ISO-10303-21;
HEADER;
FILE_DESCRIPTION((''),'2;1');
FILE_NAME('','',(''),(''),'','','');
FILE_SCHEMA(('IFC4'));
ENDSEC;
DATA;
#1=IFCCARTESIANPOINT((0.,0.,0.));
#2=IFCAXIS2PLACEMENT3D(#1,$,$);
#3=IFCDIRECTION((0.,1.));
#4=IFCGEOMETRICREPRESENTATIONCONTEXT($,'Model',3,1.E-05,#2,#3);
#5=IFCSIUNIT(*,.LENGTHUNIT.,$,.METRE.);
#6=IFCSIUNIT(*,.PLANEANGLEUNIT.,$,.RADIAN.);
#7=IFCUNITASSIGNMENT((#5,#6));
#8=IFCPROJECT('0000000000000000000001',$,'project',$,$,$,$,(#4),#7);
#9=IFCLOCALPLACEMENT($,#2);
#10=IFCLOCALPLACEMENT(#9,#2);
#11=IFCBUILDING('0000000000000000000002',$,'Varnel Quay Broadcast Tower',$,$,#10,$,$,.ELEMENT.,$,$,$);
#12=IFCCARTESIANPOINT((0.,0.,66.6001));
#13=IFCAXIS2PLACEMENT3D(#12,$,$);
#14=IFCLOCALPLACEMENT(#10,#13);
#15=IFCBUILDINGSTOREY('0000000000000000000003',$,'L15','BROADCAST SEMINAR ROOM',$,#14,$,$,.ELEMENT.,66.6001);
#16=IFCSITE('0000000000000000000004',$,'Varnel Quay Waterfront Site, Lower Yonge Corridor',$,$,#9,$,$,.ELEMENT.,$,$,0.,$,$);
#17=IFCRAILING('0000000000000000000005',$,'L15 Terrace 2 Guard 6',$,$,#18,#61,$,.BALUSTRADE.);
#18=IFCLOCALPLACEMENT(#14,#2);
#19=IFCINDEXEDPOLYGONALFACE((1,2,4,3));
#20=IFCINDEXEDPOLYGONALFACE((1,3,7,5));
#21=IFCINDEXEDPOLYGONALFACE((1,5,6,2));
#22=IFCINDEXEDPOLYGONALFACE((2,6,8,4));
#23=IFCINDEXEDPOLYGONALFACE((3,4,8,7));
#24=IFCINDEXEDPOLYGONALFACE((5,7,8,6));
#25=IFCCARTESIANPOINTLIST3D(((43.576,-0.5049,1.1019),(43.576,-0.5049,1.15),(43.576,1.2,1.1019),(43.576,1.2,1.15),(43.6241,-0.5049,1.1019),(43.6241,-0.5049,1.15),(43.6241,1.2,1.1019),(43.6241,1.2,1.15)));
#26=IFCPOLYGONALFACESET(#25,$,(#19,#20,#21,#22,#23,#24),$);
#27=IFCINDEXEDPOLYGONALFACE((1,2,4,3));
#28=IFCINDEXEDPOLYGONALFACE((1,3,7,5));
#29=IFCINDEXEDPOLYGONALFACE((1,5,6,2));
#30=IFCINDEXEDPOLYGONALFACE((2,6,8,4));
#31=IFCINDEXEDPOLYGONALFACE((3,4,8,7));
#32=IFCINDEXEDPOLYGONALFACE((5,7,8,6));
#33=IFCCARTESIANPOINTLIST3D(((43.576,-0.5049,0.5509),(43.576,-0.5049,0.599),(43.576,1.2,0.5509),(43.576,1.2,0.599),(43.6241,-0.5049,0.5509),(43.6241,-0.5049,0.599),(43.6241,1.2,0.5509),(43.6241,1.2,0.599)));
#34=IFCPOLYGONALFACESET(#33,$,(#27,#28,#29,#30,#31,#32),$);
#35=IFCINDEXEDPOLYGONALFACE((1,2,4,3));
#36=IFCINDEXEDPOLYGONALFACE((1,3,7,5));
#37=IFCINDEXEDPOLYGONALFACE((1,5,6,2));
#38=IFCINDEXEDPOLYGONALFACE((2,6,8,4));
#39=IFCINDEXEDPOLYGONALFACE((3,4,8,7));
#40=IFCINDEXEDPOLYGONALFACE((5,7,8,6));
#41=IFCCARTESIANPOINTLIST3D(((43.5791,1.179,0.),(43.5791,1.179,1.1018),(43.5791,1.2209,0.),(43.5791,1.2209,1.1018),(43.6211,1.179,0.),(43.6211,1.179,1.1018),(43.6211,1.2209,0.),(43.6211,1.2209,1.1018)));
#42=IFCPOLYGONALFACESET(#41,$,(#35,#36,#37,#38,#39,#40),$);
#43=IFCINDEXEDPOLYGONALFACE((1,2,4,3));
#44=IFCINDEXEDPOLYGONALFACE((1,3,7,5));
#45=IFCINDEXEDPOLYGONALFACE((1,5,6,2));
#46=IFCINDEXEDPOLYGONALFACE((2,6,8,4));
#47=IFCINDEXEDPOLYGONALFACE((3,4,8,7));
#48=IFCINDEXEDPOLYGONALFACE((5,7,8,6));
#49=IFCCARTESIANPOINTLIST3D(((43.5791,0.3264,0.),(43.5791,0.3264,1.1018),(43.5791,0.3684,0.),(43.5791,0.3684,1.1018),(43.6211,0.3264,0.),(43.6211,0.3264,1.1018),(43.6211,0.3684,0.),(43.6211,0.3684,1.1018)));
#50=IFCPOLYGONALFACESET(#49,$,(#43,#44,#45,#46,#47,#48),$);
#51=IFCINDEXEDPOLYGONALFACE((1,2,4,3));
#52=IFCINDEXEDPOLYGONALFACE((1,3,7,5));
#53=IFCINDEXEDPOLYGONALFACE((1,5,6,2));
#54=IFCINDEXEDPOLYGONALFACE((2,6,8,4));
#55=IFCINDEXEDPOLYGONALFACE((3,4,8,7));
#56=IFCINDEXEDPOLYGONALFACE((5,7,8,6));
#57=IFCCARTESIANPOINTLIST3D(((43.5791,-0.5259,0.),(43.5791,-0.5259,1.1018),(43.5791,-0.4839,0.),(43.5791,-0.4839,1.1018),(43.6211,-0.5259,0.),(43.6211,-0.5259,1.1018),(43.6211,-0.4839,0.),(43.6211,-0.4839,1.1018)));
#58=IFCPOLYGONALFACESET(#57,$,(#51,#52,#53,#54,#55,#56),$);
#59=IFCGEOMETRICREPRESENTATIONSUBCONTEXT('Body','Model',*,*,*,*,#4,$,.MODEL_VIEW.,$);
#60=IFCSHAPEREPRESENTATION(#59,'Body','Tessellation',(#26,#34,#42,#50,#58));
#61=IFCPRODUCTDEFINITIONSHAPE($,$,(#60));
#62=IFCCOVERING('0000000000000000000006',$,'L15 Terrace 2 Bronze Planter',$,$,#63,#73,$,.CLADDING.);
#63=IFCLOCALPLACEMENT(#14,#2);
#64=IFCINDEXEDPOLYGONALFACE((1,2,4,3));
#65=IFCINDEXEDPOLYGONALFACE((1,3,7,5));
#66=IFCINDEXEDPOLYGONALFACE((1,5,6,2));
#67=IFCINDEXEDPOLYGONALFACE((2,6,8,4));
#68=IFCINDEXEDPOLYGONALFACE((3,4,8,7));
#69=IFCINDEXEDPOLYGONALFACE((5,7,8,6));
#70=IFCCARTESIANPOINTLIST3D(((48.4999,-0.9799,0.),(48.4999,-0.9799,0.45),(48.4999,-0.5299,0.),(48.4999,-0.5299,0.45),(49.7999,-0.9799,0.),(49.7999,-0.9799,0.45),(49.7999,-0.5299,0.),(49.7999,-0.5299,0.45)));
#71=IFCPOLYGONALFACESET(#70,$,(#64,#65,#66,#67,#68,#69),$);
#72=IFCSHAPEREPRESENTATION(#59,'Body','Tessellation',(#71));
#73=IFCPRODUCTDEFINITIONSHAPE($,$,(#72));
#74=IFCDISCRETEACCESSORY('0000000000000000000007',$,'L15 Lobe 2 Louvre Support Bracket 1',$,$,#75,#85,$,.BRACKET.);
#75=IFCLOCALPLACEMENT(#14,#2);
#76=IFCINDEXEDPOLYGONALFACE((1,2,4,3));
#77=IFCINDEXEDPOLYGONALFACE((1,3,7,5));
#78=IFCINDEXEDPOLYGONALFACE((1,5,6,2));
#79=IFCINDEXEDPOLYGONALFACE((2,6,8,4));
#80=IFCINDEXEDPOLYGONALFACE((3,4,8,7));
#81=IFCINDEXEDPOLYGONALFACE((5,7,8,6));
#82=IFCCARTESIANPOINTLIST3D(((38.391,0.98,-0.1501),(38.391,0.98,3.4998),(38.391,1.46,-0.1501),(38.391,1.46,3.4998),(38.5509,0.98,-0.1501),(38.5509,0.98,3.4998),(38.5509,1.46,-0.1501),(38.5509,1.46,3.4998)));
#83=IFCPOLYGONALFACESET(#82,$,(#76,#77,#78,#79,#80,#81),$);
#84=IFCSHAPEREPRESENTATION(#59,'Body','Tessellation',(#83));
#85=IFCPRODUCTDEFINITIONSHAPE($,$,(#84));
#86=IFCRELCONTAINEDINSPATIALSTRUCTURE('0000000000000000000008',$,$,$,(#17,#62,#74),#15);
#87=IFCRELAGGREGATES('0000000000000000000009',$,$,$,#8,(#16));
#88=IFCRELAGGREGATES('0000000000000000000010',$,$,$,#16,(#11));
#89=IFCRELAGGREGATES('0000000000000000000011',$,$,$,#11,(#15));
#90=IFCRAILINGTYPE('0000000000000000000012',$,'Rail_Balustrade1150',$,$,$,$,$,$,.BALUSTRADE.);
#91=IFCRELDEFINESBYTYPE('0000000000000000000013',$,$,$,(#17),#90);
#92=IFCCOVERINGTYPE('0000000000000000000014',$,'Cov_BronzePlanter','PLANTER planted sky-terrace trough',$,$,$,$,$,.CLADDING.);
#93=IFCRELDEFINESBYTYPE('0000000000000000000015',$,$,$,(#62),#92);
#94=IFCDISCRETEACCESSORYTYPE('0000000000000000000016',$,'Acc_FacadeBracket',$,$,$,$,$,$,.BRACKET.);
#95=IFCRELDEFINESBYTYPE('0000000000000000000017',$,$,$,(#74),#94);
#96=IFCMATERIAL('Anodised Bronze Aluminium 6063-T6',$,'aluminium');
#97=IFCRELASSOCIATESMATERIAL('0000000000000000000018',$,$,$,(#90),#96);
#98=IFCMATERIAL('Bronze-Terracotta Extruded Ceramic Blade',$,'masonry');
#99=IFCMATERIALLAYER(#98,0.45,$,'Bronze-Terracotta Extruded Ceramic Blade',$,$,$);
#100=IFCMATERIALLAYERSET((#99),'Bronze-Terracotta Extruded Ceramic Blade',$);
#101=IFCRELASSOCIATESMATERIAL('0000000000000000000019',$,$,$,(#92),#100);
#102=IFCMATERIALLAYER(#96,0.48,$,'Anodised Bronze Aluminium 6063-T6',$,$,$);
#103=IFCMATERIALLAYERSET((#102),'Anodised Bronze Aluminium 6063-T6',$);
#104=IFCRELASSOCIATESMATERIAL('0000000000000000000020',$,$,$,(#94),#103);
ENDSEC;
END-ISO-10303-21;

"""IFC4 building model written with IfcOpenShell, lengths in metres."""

from ifc_helpers import new_model, si_unit, direction, frame, origin, origin_2d, place, context, subcontext, project, spatial, rectangle, extrude, source, transform, mapped, material, layer, layer_set, type_object, type_shapes, element, save


model = new_model("IFC4")

# Units and contexts
model_context = context("Model", 3, precision=1e-05, world=origin(), true_north=direction((0.0, 1.0)))
body_context = subcontext(model_context, "Body", "Model", "MODEL_VIEW")
ifc_project = project(units=[si_unit("LENGTHUNIT", "METRE"), si_unit("PLANEANGLEUNIT", "RADIAN")], contexts=[model_context])

# Site, building, storey
site_placement = place(None, origin())
site = spatial("IfcSite", under=ifc_project, at=site_placement, Name="Varnel Quay Waterfront Site, Lower Yonge Corridor", CompositionType="ELEMENT", RefElevation=0.0)
building_placement = place(site_placement, origin())
building = spatial("IfcBuilding", under=site, at=building_placement, Name="Varnel Quay Broadcast Tower", CompositionType="ELEMENT")
storey_placement = place(building_placement, frame((0.0, 0.0, 66.6001)))
storey = spatial("IfcBuildingStorey", under=building, at=storey_placement, Name="L15", Description="BROADCAST SEMINAR ROOM", CompositionType="ELEMENT", Elevation=66.6001)

# Shared definitions
ifc_material_1 = material(Name="Anodised Bronze Aluminium 6063-T6", Category="aluminium")

# Railing
railing_type = type_object("IfcRailingType", Name="Rail_Balustrade1150", PredefinedType="BALUSTRADE", material=ifc_material_1)
railing_1_placement = place(storey_placement, frame((43.6001, 1.2, 0.0)))
element("IfcRailing", 1, at=railing_1_placement, inside=storey, type_object=railing_type, Name="L15 Terrace 2 Guard 6", PredefinedType="BALUSTRADE", context=body_context, shape_type="SweptSolid", body=[
    extrude(rectangle(XDim=0.0481, YDim=0.0481, at=origin_2d()), frame((0.0, 0.0, 1.126), z_axis=(0.0, -1.0, 0.0), x_axis=(1.0, 0.0, 0.0)), (0.0, 0.0, 1.0), 1.7048),
    extrude(rectangle(XDim=0.0481, YDim=0.0481, at=origin_2d()), frame((0.0, 0.0, 0.575), z_axis=(0.0, -1.0, 0.0), x_axis=(1.0, 0.0, 0.0)), (0.0, 0.0, 1.0), 1.7048),
    extrude(rectangle(XDim=0.042, YDim=0.042, at=origin_2d()), origin(), (0.0, 0.0, 1.0), 1.1018),
    extrude(rectangle(XDim=0.042, YDim=0.042, at=origin_2d()), frame((0.0, -0.8525, 0.0)), (0.0, 0.0, 1.0), 1.1018),
    extrude(rectangle(XDim=0.042, YDim=0.042, at=origin_2d()), frame((0.0, -1.7048, 0.0)), (0.0, 0.0, 1.0), 1.1018),
])

# Covering
ifc_material_2 = material(Name="Bronze-Terracotta Extruded Ceramic Blade", Category="masonry")
ifc_layer_1 = layer(ifc_material_2, 0.45, Name="Bronze-Terracotta Extruded Ceramic Blade")
ifc_layer_set_1 = layer_set([ifc_layer_1], Name="Bronze-Terracotta Extruded Ceramic Blade")
covering_type = type_object("IfcCoveringType", Name="Cov_BronzePlanter", Description="PLANTER planted sky-terrace trough", PredefinedType="CLADDING", material=ifc_layer_set_1)
shared_shape_1 = source(origin(), body_context, "Body", "SweptSolid", [
    extrude(rectangle(XDim=1.3, YDim=0.45, at=origin_2d()), origin(), (0.0, 0.0, 1.0), 0.45),
])
type_shapes(covering_type, [shared_shape_1])
covering_placement = place(storey_placement, frame((49.1499, -0.7549, 0.0), z_axis=(0.0, 0.0, 1.0), x_axis=(1.0, 0.0, 0.0)))
element("IfcCovering", 2, at=covering_placement, inside=storey, type_object=covering_type, Name="L15 Terrace 2 Bronze Planter", PredefinedType="CLADDING", context=body_context, shape_type="MappedRepresentation", body=[
    mapped(shared_shape_1, transform((0.0, 0.0, 0.0), x_axis=(1.0, 0.0, 0.0), y_axis=(0.0, 1.0, 0.0), z_axis=(0.0, 0.0, 1.0), scale=1.0)),
])

# Discrete accessory
ifc_layer_2 = layer(ifc_material_1, 0.48, Name="Anodised Bronze Aluminium 6063-T6")
ifc_layer_set_2 = layer_set([ifc_layer_2], Name="Anodised Bronze Aluminium 6063-T6")
discrete_accessory_type = type_object("IfcDiscreteAccessoryType", Name="Acc_FacadeBracket", PredefinedType="BRACKET", material=ifc_layer_set_2)
shared_shape_2 = source(origin(), body_context, "Body", "SweptSolid", [
    extrude(rectangle(XDim=0.1599, YDim=0.48, at=origin_2d()), origin(), (0.0, 0.0, 1.0), 3.6499),
])
type_shapes(discrete_accessory_type, [shared_shape_2])
discrete_accessory_placement = place(storey_placement, frame((38.4709, 1.22, -0.1501), z_axis=(0.0, 0.0, 1.0), x_axis=(1.0, 0.0, 0.0)))
element("IfcDiscreteAccessory", 3, at=discrete_accessory_placement, inside=storey, type_object=discrete_accessory_type, Name="L15 Lobe 2 Louvre Support Bracket 1", PredefinedType="BRACKET", context=body_context, shape_type="MappedRepresentation", body=[
    mapped(shared_shape_2, transform((0.0, 0.0, 0.0), x_axis=(1.0, 0.0, 0.0), y_axis=(0.0, 1.0, 0.0), z_axis=(0.0, 0.0, 1.0), scale=1.0)),
])

save(model, "model.ifc")
